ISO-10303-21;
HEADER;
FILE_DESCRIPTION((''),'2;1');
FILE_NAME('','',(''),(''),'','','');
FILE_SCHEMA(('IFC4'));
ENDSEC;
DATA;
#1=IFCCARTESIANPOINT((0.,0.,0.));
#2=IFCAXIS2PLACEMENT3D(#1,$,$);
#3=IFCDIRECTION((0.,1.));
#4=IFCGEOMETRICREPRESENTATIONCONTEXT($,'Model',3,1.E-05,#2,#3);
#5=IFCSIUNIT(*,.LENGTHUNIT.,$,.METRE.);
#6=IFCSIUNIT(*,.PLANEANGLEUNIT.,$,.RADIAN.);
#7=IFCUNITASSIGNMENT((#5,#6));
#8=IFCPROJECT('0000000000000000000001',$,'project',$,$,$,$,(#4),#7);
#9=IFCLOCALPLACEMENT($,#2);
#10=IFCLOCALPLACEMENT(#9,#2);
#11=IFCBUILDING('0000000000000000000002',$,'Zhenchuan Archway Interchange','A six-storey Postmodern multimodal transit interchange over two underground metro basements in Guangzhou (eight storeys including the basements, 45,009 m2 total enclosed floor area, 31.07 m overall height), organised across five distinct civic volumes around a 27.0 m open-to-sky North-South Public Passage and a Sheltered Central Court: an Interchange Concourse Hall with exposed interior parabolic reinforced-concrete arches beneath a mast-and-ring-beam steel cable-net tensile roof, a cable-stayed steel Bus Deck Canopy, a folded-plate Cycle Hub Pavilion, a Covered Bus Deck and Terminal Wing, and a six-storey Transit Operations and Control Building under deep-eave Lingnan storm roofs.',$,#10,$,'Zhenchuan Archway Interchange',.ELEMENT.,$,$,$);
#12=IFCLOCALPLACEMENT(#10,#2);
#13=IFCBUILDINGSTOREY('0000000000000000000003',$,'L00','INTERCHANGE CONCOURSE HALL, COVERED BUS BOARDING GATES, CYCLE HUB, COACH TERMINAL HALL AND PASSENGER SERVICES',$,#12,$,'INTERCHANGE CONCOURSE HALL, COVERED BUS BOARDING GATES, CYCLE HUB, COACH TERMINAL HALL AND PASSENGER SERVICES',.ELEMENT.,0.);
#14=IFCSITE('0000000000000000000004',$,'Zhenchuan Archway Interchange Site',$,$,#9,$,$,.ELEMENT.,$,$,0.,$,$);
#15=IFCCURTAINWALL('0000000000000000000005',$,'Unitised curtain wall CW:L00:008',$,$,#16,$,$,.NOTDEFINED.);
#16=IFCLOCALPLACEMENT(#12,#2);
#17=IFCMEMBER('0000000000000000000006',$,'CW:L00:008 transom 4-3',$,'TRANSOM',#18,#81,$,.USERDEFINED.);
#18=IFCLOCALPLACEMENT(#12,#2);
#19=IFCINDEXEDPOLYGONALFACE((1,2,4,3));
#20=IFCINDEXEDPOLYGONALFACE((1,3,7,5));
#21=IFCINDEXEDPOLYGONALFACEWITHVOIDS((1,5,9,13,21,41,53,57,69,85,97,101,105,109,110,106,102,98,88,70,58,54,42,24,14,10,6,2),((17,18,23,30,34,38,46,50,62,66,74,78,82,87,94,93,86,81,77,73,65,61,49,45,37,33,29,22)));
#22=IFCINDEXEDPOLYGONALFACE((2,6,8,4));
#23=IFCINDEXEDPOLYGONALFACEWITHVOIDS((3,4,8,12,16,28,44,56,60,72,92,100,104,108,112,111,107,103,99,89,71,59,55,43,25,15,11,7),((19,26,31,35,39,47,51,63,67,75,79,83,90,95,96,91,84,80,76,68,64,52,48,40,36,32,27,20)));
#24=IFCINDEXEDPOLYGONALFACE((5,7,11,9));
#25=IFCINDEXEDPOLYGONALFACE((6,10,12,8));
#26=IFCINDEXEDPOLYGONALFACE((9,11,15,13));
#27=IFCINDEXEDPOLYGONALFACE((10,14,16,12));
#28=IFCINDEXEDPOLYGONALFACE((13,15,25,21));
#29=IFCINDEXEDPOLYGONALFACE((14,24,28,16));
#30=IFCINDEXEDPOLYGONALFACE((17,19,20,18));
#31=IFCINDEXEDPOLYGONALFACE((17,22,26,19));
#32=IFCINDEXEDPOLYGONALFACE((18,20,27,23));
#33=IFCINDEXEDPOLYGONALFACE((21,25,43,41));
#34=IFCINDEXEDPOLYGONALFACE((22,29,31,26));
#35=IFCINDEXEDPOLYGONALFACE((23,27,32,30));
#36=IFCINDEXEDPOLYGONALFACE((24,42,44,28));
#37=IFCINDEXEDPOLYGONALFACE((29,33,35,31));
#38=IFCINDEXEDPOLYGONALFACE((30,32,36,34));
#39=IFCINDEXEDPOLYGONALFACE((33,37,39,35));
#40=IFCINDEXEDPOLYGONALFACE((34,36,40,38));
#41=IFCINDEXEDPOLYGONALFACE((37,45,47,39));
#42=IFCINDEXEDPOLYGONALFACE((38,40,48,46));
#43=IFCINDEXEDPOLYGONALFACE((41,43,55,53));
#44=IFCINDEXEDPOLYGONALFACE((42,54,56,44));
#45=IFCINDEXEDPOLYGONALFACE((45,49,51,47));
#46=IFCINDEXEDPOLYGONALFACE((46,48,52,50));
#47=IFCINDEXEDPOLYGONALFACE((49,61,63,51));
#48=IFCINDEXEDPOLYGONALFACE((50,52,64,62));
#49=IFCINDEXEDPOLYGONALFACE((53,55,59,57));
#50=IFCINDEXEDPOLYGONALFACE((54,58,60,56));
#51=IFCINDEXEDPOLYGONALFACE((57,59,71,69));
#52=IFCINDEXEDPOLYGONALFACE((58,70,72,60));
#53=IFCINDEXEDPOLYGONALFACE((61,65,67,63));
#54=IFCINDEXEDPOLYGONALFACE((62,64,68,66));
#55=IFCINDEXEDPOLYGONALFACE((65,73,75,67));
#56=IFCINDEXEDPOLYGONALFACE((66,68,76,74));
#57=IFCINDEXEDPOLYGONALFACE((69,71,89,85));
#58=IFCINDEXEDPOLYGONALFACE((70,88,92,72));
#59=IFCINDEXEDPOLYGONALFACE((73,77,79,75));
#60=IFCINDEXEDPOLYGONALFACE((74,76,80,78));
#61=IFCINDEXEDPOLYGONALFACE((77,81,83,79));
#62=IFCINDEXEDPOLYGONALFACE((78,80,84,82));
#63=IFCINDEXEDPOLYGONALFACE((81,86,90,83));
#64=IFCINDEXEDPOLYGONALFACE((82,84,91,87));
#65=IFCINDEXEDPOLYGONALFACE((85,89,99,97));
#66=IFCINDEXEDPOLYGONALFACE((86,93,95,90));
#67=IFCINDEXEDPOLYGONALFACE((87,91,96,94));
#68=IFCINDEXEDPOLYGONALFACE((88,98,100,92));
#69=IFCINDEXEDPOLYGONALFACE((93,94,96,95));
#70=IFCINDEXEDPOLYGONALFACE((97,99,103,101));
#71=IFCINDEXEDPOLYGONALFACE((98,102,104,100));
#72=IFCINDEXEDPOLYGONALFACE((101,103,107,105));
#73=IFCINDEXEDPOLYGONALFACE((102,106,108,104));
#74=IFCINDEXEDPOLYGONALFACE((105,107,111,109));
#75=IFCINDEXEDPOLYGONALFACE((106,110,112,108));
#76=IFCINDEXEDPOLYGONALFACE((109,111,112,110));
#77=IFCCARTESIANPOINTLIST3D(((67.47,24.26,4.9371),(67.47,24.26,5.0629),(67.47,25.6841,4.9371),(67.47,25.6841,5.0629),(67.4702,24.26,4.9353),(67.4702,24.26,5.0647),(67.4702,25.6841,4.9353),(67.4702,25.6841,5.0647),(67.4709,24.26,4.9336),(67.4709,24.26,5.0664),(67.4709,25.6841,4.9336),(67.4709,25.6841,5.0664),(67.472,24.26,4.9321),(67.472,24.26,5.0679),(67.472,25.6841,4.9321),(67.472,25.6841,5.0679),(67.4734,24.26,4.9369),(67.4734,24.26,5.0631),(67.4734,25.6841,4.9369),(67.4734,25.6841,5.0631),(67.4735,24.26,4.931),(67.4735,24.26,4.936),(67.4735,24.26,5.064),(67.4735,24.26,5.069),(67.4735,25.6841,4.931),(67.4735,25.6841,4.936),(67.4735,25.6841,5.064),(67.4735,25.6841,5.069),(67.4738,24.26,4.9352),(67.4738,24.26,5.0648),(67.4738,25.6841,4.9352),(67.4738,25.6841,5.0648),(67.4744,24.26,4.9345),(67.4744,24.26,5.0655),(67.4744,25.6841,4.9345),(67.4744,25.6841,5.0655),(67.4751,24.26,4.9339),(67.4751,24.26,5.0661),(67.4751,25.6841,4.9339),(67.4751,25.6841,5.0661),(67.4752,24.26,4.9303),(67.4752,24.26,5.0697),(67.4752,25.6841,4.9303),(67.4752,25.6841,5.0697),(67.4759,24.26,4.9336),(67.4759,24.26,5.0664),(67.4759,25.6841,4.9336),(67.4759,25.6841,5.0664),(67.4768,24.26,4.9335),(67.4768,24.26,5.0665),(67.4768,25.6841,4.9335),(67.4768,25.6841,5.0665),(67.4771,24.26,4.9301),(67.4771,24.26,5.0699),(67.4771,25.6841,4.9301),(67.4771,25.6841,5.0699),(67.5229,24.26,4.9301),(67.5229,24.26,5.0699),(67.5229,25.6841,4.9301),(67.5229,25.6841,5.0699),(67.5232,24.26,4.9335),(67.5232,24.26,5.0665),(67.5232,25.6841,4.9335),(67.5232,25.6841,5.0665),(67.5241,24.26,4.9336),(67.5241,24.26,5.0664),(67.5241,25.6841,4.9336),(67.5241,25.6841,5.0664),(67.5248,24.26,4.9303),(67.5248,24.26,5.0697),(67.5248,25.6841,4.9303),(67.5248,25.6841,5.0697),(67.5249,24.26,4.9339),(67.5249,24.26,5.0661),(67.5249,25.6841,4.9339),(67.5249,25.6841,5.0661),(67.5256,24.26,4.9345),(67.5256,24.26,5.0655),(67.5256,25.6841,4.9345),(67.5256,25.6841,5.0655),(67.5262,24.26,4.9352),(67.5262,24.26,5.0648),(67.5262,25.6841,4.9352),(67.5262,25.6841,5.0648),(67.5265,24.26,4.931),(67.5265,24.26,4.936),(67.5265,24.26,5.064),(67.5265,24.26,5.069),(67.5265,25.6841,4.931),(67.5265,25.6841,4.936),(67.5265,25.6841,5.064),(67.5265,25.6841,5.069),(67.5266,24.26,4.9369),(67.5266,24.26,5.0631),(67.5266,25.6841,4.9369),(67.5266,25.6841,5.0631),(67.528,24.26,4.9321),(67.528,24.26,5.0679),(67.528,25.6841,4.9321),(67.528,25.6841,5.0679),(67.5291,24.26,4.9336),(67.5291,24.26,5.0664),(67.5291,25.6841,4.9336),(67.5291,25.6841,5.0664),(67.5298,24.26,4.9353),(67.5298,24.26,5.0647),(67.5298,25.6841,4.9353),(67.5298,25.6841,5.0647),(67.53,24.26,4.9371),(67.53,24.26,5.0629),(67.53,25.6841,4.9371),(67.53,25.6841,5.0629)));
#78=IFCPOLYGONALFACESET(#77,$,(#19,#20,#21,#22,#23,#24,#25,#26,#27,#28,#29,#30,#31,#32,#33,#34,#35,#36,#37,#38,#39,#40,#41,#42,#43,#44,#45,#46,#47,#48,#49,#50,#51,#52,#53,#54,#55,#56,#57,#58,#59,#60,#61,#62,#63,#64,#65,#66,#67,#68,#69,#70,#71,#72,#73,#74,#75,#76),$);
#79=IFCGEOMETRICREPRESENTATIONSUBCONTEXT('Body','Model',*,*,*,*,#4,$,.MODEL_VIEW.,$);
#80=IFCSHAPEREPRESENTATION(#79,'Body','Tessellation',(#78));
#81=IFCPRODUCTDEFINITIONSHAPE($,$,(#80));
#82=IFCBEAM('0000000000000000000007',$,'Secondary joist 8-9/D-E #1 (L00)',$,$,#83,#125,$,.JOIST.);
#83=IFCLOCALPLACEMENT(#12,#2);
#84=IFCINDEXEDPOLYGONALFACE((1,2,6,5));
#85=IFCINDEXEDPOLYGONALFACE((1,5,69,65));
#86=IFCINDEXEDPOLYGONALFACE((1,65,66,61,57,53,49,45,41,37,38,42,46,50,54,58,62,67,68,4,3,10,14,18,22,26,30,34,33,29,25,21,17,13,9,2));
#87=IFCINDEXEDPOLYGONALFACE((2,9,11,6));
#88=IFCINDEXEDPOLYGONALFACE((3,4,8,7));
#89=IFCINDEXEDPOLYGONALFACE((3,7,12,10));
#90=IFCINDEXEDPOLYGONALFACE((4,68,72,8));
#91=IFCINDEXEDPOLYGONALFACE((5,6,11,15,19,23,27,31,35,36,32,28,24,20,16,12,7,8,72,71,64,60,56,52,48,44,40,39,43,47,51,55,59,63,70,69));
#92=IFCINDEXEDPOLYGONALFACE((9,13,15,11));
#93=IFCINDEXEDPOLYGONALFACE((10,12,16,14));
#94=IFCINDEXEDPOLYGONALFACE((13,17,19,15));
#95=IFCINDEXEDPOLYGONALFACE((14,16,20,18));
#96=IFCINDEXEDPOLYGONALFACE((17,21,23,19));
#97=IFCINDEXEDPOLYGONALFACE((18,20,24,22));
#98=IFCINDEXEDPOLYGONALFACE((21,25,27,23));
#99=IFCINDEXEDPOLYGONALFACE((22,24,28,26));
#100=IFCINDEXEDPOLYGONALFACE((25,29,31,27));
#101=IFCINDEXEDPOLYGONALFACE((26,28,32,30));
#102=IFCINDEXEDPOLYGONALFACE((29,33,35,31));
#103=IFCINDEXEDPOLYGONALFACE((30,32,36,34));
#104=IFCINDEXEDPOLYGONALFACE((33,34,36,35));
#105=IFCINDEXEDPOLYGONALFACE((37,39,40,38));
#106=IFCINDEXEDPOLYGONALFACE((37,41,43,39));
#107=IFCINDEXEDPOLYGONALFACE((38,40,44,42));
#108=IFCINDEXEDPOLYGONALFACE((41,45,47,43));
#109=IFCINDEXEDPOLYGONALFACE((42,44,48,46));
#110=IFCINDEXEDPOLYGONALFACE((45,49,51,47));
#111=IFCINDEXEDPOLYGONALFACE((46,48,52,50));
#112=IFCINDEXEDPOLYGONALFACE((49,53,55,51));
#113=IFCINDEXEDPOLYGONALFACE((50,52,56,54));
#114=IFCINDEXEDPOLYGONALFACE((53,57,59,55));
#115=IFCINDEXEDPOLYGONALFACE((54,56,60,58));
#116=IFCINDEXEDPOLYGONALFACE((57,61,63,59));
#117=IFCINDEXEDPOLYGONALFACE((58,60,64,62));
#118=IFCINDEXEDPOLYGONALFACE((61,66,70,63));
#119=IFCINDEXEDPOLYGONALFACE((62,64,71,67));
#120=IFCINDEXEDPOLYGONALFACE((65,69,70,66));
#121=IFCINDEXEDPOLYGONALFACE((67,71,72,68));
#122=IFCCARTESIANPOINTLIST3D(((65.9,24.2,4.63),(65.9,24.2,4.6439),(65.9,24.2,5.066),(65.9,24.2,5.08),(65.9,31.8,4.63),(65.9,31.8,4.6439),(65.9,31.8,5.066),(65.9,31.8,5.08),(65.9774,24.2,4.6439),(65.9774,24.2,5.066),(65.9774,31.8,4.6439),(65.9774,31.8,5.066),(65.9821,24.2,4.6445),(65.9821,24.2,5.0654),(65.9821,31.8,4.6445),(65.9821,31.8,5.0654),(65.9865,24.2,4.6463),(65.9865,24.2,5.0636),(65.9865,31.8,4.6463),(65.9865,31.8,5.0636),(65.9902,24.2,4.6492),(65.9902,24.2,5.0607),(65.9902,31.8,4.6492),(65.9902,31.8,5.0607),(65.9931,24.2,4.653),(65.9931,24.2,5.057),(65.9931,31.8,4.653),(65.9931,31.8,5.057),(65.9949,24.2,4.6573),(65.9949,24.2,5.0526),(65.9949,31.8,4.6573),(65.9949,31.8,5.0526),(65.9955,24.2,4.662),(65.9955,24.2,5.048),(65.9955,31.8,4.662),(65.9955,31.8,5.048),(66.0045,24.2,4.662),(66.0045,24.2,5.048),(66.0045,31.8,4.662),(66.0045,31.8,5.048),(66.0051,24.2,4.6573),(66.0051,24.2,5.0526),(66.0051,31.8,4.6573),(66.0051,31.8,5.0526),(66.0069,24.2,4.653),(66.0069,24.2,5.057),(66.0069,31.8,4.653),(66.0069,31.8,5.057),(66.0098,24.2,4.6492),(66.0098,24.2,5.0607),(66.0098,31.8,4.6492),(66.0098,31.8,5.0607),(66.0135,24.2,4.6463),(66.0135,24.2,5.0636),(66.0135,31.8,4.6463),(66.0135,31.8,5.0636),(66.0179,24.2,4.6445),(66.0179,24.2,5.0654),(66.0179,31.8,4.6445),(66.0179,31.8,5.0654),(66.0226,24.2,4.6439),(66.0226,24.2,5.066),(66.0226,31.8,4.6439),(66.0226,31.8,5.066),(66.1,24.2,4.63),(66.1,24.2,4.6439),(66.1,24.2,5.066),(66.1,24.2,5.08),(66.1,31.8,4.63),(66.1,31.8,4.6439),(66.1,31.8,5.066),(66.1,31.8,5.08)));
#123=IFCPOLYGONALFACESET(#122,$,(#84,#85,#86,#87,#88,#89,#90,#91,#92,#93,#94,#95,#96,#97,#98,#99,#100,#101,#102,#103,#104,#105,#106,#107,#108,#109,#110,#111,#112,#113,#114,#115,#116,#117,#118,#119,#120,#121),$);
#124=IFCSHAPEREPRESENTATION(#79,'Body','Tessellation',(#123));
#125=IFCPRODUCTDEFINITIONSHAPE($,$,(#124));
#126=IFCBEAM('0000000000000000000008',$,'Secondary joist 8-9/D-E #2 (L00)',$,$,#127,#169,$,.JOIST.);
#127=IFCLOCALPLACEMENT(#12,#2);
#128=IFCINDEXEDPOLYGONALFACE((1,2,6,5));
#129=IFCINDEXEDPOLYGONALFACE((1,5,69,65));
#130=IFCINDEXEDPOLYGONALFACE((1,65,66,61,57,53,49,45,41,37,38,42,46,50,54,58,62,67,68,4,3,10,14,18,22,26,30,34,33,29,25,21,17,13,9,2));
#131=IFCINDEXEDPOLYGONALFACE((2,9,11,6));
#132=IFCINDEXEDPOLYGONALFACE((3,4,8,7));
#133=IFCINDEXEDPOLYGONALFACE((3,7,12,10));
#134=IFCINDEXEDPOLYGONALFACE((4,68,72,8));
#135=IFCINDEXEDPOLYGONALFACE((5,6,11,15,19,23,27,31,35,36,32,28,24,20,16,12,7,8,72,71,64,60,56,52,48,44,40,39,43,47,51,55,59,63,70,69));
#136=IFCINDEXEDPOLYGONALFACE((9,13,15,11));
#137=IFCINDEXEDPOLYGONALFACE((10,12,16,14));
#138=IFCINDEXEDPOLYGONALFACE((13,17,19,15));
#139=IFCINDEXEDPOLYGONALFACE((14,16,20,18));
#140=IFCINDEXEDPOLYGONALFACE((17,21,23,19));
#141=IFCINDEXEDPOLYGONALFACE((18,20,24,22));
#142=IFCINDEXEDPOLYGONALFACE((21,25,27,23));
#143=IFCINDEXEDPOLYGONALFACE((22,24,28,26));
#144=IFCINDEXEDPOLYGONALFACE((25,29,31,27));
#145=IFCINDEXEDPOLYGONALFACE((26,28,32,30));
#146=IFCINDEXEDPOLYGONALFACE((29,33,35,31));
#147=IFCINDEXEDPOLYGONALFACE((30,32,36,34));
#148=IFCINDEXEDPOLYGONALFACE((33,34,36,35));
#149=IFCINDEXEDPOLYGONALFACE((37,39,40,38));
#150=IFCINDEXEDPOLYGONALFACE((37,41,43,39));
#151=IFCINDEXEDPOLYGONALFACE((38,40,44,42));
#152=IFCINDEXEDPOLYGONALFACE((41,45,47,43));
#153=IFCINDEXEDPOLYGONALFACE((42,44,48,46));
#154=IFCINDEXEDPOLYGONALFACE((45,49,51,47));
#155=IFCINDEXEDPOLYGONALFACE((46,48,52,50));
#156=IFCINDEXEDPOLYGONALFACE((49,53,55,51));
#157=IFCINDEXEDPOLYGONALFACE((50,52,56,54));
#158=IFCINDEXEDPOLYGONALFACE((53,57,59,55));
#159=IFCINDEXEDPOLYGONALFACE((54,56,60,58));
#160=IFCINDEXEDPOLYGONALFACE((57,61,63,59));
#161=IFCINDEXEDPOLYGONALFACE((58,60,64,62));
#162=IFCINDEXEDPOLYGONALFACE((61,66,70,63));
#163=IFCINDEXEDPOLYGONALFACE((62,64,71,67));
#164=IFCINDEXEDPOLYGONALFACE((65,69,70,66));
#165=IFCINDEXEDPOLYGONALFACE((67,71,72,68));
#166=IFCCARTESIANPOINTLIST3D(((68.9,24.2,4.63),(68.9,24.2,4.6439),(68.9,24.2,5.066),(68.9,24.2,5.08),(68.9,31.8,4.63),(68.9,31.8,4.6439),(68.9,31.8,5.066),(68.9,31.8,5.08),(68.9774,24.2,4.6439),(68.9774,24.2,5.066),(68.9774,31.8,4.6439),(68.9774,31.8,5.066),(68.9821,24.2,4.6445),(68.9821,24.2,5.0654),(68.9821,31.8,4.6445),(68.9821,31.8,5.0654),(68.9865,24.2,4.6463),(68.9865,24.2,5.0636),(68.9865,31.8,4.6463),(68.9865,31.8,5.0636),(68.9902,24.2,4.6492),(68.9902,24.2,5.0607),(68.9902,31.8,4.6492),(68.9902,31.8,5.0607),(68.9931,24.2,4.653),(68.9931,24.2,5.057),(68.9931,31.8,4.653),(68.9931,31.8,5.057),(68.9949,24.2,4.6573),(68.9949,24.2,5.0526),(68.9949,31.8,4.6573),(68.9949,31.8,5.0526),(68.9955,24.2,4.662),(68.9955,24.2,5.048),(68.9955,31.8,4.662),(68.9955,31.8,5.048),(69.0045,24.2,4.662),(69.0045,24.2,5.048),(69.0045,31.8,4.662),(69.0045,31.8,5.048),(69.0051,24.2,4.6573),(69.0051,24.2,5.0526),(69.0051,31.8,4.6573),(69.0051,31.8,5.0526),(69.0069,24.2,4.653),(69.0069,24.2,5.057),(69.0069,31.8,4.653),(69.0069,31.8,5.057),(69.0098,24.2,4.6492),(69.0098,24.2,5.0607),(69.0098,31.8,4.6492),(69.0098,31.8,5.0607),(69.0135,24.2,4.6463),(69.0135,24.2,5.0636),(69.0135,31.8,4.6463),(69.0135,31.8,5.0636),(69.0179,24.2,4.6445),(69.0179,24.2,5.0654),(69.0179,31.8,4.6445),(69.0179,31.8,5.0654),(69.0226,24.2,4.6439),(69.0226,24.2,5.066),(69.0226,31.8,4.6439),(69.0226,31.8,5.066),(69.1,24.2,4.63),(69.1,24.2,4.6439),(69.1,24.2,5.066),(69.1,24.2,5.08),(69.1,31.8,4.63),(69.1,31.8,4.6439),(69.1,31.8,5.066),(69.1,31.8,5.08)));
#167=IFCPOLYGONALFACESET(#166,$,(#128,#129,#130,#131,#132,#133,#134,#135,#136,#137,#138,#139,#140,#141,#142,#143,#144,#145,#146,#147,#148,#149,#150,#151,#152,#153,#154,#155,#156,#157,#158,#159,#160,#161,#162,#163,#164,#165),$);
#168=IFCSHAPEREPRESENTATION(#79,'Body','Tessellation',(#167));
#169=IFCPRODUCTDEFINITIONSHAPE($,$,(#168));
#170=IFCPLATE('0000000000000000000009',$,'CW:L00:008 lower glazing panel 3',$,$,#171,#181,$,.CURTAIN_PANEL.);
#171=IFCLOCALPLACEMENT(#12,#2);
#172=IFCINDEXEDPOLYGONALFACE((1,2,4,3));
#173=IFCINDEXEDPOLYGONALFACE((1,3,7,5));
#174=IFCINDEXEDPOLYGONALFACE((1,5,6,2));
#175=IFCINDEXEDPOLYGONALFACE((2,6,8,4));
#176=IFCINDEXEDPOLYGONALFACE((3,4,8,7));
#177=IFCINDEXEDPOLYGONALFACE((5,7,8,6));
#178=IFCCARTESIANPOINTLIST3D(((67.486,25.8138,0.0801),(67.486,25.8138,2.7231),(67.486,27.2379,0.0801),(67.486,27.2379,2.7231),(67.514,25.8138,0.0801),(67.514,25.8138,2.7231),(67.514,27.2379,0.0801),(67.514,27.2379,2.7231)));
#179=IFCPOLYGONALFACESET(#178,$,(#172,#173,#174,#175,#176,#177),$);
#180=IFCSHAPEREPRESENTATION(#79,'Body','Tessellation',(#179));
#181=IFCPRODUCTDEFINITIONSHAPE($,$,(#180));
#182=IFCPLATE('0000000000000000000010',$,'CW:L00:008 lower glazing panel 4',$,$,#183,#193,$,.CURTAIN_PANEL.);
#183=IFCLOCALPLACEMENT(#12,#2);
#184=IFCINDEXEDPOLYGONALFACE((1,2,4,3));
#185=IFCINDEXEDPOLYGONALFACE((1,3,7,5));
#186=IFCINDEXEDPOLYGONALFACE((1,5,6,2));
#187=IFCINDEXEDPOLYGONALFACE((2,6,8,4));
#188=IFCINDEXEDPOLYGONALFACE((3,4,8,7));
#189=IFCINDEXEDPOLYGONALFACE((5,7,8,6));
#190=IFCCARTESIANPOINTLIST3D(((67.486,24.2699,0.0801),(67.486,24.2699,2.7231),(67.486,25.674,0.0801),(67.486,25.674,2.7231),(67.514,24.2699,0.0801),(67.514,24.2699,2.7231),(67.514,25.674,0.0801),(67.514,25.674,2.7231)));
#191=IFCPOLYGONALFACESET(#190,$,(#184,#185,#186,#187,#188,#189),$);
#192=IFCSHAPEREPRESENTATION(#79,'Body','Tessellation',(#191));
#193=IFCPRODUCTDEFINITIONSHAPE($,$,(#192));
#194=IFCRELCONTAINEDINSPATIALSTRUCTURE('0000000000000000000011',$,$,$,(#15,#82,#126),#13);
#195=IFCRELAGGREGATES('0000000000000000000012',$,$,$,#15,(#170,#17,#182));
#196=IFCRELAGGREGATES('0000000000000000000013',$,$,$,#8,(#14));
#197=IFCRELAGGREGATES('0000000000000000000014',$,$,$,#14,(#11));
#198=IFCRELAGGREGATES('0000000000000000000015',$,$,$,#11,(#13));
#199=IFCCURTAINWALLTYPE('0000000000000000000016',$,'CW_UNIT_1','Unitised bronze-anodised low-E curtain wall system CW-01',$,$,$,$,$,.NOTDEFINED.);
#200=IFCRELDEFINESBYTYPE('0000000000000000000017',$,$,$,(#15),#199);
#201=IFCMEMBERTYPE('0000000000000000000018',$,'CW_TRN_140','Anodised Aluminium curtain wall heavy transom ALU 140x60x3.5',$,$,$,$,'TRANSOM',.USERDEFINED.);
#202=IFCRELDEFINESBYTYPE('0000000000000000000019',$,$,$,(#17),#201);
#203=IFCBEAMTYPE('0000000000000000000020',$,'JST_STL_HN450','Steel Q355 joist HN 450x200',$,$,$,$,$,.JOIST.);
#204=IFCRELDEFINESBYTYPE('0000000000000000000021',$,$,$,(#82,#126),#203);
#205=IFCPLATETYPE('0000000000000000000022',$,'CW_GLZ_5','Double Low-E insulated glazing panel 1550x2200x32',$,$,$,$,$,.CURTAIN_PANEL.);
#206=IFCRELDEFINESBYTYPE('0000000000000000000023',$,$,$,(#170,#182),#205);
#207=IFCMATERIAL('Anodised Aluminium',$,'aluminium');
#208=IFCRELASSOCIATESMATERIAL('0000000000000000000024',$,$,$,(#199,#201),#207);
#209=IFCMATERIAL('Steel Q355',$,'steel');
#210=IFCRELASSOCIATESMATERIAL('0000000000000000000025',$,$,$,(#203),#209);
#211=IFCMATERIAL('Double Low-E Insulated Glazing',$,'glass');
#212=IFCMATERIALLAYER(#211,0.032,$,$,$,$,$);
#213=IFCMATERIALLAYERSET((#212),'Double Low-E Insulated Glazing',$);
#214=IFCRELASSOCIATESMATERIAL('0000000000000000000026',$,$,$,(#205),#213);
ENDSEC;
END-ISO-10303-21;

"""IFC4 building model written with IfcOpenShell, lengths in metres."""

from ifc_helpers import new_model, si_unit, direction, frame, origin, origin_2d, place, context, subcontext, project, spatial, rectangle, hollow_rectangle, i_section, extrude, material, layer, layer_set, material_profile, profile_set, type_object, element, aggregate, save


model = new_model("IFC4")

# Units and contexts
model_context = context("Model", 3, precision=1e-05, world=origin(), true_north=direction((0.0, 1.0)))
body_context = subcontext(model_context, "Body", "Model", "MODEL_VIEW")
ifc_project = project(units=[si_unit("LENGTHUNIT", "METRE"), si_unit("PLANEANGLEUNIT", "RADIAN")], contexts=[model_context])

# Site, building, storey
site_placement = place(None, origin())
site = spatial("IfcSite", under=ifc_project, at=site_placement, Name="Zhenchuan Archway Interchange Site", CompositionType="ELEMENT", RefElevation=0.0)
building_placement = place(site_placement, origin())
building = spatial("IfcBuilding", under=site, at=building_placement, Name="Zhenchuan Archway Interchange", Description="A six-storey Postmodern multimodal transit interchange over two underground metro basements in Guangzhou (eight storeys including the basements, 45,009 m2 total enclosed floor area, 31.07 m overall height), organised across five distinct civic volumes around a 27.0 m open-to-sky North-South Public Passage and a Sheltered Central Court: an Interchange Concourse Hall with exposed interior parabolic reinforced-concrete arches beneath a mast-and-ring-beam steel cable-net tensile roof, a cable-stayed steel Bus Deck Canopy, a folded-plate Cycle Hub Pavilion, a Covered Bus Deck and Terminal Wing, and a six-storey Transit Operations and Control Building under deep-eave Lingnan storm roofs.", LongName="Zhenchuan Archway Interchange", CompositionType="ELEMENT")
storey_placement = place(building_placement, origin())
storey = spatial("IfcBuildingStorey", under=building, at=storey_placement, Name="L00", Description="INTERCHANGE CONCOURSE HALL, COVERED BUS BOARDING GATES, CYCLE HUB, COACH TERMINAL HALL AND PASSENGER SERVICES", LongName="INTERCHANGE CONCOURSE HALL, COVERED BUS BOARDING GATES, CYCLE HUB, COACH TERMINAL HALL AND PASSENGER SERVICES", CompositionType="ELEMENT", Elevation=0.0)

# Curtain wall, member
ifc_material_1 = material(Name="Anodised Aluminium", Category="aluminium")
curtain_wall_type = type_object("IfcCurtainWallType", Name="CW_UNIT_1", Description="Unitised bronze-anodised low-E curtain wall system CW-01", PredefinedType="NOTDEFINED", material=ifc_material_1)
curtain_wall_placement = place(storey_placement, origin())
curtain_wall = element("IfcCurtainWall", 1, at=curtain_wall_placement, inside=storey, type_object=curtain_wall_type, Name="Unitised curtain wall CW:L00:008", PredefinedType="NOTDEFINED")
ifc_material_profile_1 = material_profile(ifc_material_1, hollow_rectangle(XDim=0.0601, YDim=0.1399, WallThickness=0.0034, InnerFilletRadius=0.0034, OuterFilletRadius=0.0071, at=origin_2d()), Name="ALU 140x60x3.5")
ifc_profile_set_1 = profile_set([ifc_material_profile_1], Name="Anodised Aluminium")
member_type_1 = type_object("IfcMemberType", Name="CW_TRN_140", Description="Anodised Aluminium curtain wall heavy transom ALU 140x60x3.5", ElementType="TRANSOM", PredefinedType="USERDEFINED", material=ifc_profile_set_1)
member_1_placement = place(storey_placement, frame((67.5, 25.6841, 5.0), z_axis=(0.0, -1.0, 0.0), x_axis=(1.0, 0.0, 0.0)))
member_1 = element("IfcMember", 2, at=member_1_placement, type_object=member_type_1, Name="CW:L00:008 transom 4-3", ObjectType="TRANSOM", PredefinedType="USERDEFINED", context=body_context, shape_type="SweptSolid", body=[
    extrude(hollow_rectangle(XDim=0.0601, YDim=0.1399, WallThickness=0.0034, InnerFilletRadius=0.0034, OuterFilletRadius=0.0071, at=origin_2d()), origin(), (0.0, 0.0, 1.0), 1.4241),
])

# Beams
ifc_material_2 = material(Name="Steel Q355", Category="steel")
ifc_material_profile_2 = material_profile(ifc_material_2, i_section(OverallWidth=0.2, OverallDepth=0.45, WebThickness=0.009, FlangeThickness=0.0139, FilletRadius=0.0181, at=origin_2d()), Name="HN 450x200")
ifc_profile_set_2 = profile_set([ifc_material_profile_2], Name="Steel Q355")
beam_type_1 = type_object("IfcBeamType", Name="JST_STL_HN450", Description="Steel Q355 joist HN 450x200", PredefinedType="JOIST", material=ifc_profile_set_2)
for number, where, z_axis, x_axis, name in (
    (3, (66.0, 24.2, 4.855), (0.0, 1.0, 0.0), (-1.0, 0.0, 0.0), "Secondary joist 8-9/D-E #1 (L00)"),
    (4, (69.0, 24.2, 4.855), (0.0, 1.0, 0.0), (-1.0, 0.0, 0.0), "Secondary joist 8-9/D-E #2 (L00)"),
):
    element("IfcBeam", number, at=place(storey_placement, frame(where, z_axis=z_axis, x_axis=x_axis)), inside=storey, type_object=beam_type_1, Name=name, PredefinedType="JOIST", context=body_context, shape_type="SweptSolid", body=[
        extrude(i_section(OverallWidth=0.2, OverallDepth=0.45, WebThickness=0.009, FlangeThickness=0.0139, FilletRadius=0.0181, at=origin_2d()), origin(), (0.0, 0.0, 1.0), 7.6001),
    ])

# Plates
ifc_material_3 = material(Name="Double Low-E Insulated Glazing", Category="glass")
ifc_layer_1 = layer(ifc_material_3, 0.032)
ifc_layer_set_1 = layer_set([ifc_layer_1], Name="Double Low-E Insulated Glazing")
plate_type_1 = type_object("IfcPlateType", Name="CW_GLZ_5", Description="Double Low-E insulated glazing panel 1550x2200x32", PredefinedType="CURTAIN_PANEL", material=ifc_layer_set_1)
plate_1_placement = place(storey_placement, frame((67.5, 26.5259, 0.0801), z_axis=(0.0, 0.0, 1.0), x_axis=(0.0, -1.0, 0.0)))
plate_1 = element("IfcPlate", 5, at=plate_1_placement, type_object=plate_type_1, Name="CW:L00:008 lower glazing panel 3", PredefinedType="CURTAIN_PANEL", context=body_context, shape_type="SweptSolid", body=[
    extrude(rectangle(XDim=1.4241, YDim=0.0281, at=origin_2d()), origin(), (0.0, 0.0, 1.0), 2.6431),
])
plate_2_placement = place(storey_placement, frame((67.5, 24.9719, 0.0801), z_axis=(0.0, 0.0, 1.0), x_axis=(0.0, -1.0, 0.0)))
plate_2 = element("IfcPlate", 6, at=plate_2_placement, type_object=plate_type_1, Name="CW:L00:008 lower glazing panel 4", PredefinedType="CURTAIN_PANEL", context=body_context, shape_type="SweptSolid", body=[
    extrude(rectangle(XDim=1.4041, YDim=0.0281, at=origin_2d()), origin(), (0.0, 0.0, 1.0), 2.6431),
])
aggregate(curtain_wall, [plate_1, member_1, plate_2])

save(model, "model.ifc")
